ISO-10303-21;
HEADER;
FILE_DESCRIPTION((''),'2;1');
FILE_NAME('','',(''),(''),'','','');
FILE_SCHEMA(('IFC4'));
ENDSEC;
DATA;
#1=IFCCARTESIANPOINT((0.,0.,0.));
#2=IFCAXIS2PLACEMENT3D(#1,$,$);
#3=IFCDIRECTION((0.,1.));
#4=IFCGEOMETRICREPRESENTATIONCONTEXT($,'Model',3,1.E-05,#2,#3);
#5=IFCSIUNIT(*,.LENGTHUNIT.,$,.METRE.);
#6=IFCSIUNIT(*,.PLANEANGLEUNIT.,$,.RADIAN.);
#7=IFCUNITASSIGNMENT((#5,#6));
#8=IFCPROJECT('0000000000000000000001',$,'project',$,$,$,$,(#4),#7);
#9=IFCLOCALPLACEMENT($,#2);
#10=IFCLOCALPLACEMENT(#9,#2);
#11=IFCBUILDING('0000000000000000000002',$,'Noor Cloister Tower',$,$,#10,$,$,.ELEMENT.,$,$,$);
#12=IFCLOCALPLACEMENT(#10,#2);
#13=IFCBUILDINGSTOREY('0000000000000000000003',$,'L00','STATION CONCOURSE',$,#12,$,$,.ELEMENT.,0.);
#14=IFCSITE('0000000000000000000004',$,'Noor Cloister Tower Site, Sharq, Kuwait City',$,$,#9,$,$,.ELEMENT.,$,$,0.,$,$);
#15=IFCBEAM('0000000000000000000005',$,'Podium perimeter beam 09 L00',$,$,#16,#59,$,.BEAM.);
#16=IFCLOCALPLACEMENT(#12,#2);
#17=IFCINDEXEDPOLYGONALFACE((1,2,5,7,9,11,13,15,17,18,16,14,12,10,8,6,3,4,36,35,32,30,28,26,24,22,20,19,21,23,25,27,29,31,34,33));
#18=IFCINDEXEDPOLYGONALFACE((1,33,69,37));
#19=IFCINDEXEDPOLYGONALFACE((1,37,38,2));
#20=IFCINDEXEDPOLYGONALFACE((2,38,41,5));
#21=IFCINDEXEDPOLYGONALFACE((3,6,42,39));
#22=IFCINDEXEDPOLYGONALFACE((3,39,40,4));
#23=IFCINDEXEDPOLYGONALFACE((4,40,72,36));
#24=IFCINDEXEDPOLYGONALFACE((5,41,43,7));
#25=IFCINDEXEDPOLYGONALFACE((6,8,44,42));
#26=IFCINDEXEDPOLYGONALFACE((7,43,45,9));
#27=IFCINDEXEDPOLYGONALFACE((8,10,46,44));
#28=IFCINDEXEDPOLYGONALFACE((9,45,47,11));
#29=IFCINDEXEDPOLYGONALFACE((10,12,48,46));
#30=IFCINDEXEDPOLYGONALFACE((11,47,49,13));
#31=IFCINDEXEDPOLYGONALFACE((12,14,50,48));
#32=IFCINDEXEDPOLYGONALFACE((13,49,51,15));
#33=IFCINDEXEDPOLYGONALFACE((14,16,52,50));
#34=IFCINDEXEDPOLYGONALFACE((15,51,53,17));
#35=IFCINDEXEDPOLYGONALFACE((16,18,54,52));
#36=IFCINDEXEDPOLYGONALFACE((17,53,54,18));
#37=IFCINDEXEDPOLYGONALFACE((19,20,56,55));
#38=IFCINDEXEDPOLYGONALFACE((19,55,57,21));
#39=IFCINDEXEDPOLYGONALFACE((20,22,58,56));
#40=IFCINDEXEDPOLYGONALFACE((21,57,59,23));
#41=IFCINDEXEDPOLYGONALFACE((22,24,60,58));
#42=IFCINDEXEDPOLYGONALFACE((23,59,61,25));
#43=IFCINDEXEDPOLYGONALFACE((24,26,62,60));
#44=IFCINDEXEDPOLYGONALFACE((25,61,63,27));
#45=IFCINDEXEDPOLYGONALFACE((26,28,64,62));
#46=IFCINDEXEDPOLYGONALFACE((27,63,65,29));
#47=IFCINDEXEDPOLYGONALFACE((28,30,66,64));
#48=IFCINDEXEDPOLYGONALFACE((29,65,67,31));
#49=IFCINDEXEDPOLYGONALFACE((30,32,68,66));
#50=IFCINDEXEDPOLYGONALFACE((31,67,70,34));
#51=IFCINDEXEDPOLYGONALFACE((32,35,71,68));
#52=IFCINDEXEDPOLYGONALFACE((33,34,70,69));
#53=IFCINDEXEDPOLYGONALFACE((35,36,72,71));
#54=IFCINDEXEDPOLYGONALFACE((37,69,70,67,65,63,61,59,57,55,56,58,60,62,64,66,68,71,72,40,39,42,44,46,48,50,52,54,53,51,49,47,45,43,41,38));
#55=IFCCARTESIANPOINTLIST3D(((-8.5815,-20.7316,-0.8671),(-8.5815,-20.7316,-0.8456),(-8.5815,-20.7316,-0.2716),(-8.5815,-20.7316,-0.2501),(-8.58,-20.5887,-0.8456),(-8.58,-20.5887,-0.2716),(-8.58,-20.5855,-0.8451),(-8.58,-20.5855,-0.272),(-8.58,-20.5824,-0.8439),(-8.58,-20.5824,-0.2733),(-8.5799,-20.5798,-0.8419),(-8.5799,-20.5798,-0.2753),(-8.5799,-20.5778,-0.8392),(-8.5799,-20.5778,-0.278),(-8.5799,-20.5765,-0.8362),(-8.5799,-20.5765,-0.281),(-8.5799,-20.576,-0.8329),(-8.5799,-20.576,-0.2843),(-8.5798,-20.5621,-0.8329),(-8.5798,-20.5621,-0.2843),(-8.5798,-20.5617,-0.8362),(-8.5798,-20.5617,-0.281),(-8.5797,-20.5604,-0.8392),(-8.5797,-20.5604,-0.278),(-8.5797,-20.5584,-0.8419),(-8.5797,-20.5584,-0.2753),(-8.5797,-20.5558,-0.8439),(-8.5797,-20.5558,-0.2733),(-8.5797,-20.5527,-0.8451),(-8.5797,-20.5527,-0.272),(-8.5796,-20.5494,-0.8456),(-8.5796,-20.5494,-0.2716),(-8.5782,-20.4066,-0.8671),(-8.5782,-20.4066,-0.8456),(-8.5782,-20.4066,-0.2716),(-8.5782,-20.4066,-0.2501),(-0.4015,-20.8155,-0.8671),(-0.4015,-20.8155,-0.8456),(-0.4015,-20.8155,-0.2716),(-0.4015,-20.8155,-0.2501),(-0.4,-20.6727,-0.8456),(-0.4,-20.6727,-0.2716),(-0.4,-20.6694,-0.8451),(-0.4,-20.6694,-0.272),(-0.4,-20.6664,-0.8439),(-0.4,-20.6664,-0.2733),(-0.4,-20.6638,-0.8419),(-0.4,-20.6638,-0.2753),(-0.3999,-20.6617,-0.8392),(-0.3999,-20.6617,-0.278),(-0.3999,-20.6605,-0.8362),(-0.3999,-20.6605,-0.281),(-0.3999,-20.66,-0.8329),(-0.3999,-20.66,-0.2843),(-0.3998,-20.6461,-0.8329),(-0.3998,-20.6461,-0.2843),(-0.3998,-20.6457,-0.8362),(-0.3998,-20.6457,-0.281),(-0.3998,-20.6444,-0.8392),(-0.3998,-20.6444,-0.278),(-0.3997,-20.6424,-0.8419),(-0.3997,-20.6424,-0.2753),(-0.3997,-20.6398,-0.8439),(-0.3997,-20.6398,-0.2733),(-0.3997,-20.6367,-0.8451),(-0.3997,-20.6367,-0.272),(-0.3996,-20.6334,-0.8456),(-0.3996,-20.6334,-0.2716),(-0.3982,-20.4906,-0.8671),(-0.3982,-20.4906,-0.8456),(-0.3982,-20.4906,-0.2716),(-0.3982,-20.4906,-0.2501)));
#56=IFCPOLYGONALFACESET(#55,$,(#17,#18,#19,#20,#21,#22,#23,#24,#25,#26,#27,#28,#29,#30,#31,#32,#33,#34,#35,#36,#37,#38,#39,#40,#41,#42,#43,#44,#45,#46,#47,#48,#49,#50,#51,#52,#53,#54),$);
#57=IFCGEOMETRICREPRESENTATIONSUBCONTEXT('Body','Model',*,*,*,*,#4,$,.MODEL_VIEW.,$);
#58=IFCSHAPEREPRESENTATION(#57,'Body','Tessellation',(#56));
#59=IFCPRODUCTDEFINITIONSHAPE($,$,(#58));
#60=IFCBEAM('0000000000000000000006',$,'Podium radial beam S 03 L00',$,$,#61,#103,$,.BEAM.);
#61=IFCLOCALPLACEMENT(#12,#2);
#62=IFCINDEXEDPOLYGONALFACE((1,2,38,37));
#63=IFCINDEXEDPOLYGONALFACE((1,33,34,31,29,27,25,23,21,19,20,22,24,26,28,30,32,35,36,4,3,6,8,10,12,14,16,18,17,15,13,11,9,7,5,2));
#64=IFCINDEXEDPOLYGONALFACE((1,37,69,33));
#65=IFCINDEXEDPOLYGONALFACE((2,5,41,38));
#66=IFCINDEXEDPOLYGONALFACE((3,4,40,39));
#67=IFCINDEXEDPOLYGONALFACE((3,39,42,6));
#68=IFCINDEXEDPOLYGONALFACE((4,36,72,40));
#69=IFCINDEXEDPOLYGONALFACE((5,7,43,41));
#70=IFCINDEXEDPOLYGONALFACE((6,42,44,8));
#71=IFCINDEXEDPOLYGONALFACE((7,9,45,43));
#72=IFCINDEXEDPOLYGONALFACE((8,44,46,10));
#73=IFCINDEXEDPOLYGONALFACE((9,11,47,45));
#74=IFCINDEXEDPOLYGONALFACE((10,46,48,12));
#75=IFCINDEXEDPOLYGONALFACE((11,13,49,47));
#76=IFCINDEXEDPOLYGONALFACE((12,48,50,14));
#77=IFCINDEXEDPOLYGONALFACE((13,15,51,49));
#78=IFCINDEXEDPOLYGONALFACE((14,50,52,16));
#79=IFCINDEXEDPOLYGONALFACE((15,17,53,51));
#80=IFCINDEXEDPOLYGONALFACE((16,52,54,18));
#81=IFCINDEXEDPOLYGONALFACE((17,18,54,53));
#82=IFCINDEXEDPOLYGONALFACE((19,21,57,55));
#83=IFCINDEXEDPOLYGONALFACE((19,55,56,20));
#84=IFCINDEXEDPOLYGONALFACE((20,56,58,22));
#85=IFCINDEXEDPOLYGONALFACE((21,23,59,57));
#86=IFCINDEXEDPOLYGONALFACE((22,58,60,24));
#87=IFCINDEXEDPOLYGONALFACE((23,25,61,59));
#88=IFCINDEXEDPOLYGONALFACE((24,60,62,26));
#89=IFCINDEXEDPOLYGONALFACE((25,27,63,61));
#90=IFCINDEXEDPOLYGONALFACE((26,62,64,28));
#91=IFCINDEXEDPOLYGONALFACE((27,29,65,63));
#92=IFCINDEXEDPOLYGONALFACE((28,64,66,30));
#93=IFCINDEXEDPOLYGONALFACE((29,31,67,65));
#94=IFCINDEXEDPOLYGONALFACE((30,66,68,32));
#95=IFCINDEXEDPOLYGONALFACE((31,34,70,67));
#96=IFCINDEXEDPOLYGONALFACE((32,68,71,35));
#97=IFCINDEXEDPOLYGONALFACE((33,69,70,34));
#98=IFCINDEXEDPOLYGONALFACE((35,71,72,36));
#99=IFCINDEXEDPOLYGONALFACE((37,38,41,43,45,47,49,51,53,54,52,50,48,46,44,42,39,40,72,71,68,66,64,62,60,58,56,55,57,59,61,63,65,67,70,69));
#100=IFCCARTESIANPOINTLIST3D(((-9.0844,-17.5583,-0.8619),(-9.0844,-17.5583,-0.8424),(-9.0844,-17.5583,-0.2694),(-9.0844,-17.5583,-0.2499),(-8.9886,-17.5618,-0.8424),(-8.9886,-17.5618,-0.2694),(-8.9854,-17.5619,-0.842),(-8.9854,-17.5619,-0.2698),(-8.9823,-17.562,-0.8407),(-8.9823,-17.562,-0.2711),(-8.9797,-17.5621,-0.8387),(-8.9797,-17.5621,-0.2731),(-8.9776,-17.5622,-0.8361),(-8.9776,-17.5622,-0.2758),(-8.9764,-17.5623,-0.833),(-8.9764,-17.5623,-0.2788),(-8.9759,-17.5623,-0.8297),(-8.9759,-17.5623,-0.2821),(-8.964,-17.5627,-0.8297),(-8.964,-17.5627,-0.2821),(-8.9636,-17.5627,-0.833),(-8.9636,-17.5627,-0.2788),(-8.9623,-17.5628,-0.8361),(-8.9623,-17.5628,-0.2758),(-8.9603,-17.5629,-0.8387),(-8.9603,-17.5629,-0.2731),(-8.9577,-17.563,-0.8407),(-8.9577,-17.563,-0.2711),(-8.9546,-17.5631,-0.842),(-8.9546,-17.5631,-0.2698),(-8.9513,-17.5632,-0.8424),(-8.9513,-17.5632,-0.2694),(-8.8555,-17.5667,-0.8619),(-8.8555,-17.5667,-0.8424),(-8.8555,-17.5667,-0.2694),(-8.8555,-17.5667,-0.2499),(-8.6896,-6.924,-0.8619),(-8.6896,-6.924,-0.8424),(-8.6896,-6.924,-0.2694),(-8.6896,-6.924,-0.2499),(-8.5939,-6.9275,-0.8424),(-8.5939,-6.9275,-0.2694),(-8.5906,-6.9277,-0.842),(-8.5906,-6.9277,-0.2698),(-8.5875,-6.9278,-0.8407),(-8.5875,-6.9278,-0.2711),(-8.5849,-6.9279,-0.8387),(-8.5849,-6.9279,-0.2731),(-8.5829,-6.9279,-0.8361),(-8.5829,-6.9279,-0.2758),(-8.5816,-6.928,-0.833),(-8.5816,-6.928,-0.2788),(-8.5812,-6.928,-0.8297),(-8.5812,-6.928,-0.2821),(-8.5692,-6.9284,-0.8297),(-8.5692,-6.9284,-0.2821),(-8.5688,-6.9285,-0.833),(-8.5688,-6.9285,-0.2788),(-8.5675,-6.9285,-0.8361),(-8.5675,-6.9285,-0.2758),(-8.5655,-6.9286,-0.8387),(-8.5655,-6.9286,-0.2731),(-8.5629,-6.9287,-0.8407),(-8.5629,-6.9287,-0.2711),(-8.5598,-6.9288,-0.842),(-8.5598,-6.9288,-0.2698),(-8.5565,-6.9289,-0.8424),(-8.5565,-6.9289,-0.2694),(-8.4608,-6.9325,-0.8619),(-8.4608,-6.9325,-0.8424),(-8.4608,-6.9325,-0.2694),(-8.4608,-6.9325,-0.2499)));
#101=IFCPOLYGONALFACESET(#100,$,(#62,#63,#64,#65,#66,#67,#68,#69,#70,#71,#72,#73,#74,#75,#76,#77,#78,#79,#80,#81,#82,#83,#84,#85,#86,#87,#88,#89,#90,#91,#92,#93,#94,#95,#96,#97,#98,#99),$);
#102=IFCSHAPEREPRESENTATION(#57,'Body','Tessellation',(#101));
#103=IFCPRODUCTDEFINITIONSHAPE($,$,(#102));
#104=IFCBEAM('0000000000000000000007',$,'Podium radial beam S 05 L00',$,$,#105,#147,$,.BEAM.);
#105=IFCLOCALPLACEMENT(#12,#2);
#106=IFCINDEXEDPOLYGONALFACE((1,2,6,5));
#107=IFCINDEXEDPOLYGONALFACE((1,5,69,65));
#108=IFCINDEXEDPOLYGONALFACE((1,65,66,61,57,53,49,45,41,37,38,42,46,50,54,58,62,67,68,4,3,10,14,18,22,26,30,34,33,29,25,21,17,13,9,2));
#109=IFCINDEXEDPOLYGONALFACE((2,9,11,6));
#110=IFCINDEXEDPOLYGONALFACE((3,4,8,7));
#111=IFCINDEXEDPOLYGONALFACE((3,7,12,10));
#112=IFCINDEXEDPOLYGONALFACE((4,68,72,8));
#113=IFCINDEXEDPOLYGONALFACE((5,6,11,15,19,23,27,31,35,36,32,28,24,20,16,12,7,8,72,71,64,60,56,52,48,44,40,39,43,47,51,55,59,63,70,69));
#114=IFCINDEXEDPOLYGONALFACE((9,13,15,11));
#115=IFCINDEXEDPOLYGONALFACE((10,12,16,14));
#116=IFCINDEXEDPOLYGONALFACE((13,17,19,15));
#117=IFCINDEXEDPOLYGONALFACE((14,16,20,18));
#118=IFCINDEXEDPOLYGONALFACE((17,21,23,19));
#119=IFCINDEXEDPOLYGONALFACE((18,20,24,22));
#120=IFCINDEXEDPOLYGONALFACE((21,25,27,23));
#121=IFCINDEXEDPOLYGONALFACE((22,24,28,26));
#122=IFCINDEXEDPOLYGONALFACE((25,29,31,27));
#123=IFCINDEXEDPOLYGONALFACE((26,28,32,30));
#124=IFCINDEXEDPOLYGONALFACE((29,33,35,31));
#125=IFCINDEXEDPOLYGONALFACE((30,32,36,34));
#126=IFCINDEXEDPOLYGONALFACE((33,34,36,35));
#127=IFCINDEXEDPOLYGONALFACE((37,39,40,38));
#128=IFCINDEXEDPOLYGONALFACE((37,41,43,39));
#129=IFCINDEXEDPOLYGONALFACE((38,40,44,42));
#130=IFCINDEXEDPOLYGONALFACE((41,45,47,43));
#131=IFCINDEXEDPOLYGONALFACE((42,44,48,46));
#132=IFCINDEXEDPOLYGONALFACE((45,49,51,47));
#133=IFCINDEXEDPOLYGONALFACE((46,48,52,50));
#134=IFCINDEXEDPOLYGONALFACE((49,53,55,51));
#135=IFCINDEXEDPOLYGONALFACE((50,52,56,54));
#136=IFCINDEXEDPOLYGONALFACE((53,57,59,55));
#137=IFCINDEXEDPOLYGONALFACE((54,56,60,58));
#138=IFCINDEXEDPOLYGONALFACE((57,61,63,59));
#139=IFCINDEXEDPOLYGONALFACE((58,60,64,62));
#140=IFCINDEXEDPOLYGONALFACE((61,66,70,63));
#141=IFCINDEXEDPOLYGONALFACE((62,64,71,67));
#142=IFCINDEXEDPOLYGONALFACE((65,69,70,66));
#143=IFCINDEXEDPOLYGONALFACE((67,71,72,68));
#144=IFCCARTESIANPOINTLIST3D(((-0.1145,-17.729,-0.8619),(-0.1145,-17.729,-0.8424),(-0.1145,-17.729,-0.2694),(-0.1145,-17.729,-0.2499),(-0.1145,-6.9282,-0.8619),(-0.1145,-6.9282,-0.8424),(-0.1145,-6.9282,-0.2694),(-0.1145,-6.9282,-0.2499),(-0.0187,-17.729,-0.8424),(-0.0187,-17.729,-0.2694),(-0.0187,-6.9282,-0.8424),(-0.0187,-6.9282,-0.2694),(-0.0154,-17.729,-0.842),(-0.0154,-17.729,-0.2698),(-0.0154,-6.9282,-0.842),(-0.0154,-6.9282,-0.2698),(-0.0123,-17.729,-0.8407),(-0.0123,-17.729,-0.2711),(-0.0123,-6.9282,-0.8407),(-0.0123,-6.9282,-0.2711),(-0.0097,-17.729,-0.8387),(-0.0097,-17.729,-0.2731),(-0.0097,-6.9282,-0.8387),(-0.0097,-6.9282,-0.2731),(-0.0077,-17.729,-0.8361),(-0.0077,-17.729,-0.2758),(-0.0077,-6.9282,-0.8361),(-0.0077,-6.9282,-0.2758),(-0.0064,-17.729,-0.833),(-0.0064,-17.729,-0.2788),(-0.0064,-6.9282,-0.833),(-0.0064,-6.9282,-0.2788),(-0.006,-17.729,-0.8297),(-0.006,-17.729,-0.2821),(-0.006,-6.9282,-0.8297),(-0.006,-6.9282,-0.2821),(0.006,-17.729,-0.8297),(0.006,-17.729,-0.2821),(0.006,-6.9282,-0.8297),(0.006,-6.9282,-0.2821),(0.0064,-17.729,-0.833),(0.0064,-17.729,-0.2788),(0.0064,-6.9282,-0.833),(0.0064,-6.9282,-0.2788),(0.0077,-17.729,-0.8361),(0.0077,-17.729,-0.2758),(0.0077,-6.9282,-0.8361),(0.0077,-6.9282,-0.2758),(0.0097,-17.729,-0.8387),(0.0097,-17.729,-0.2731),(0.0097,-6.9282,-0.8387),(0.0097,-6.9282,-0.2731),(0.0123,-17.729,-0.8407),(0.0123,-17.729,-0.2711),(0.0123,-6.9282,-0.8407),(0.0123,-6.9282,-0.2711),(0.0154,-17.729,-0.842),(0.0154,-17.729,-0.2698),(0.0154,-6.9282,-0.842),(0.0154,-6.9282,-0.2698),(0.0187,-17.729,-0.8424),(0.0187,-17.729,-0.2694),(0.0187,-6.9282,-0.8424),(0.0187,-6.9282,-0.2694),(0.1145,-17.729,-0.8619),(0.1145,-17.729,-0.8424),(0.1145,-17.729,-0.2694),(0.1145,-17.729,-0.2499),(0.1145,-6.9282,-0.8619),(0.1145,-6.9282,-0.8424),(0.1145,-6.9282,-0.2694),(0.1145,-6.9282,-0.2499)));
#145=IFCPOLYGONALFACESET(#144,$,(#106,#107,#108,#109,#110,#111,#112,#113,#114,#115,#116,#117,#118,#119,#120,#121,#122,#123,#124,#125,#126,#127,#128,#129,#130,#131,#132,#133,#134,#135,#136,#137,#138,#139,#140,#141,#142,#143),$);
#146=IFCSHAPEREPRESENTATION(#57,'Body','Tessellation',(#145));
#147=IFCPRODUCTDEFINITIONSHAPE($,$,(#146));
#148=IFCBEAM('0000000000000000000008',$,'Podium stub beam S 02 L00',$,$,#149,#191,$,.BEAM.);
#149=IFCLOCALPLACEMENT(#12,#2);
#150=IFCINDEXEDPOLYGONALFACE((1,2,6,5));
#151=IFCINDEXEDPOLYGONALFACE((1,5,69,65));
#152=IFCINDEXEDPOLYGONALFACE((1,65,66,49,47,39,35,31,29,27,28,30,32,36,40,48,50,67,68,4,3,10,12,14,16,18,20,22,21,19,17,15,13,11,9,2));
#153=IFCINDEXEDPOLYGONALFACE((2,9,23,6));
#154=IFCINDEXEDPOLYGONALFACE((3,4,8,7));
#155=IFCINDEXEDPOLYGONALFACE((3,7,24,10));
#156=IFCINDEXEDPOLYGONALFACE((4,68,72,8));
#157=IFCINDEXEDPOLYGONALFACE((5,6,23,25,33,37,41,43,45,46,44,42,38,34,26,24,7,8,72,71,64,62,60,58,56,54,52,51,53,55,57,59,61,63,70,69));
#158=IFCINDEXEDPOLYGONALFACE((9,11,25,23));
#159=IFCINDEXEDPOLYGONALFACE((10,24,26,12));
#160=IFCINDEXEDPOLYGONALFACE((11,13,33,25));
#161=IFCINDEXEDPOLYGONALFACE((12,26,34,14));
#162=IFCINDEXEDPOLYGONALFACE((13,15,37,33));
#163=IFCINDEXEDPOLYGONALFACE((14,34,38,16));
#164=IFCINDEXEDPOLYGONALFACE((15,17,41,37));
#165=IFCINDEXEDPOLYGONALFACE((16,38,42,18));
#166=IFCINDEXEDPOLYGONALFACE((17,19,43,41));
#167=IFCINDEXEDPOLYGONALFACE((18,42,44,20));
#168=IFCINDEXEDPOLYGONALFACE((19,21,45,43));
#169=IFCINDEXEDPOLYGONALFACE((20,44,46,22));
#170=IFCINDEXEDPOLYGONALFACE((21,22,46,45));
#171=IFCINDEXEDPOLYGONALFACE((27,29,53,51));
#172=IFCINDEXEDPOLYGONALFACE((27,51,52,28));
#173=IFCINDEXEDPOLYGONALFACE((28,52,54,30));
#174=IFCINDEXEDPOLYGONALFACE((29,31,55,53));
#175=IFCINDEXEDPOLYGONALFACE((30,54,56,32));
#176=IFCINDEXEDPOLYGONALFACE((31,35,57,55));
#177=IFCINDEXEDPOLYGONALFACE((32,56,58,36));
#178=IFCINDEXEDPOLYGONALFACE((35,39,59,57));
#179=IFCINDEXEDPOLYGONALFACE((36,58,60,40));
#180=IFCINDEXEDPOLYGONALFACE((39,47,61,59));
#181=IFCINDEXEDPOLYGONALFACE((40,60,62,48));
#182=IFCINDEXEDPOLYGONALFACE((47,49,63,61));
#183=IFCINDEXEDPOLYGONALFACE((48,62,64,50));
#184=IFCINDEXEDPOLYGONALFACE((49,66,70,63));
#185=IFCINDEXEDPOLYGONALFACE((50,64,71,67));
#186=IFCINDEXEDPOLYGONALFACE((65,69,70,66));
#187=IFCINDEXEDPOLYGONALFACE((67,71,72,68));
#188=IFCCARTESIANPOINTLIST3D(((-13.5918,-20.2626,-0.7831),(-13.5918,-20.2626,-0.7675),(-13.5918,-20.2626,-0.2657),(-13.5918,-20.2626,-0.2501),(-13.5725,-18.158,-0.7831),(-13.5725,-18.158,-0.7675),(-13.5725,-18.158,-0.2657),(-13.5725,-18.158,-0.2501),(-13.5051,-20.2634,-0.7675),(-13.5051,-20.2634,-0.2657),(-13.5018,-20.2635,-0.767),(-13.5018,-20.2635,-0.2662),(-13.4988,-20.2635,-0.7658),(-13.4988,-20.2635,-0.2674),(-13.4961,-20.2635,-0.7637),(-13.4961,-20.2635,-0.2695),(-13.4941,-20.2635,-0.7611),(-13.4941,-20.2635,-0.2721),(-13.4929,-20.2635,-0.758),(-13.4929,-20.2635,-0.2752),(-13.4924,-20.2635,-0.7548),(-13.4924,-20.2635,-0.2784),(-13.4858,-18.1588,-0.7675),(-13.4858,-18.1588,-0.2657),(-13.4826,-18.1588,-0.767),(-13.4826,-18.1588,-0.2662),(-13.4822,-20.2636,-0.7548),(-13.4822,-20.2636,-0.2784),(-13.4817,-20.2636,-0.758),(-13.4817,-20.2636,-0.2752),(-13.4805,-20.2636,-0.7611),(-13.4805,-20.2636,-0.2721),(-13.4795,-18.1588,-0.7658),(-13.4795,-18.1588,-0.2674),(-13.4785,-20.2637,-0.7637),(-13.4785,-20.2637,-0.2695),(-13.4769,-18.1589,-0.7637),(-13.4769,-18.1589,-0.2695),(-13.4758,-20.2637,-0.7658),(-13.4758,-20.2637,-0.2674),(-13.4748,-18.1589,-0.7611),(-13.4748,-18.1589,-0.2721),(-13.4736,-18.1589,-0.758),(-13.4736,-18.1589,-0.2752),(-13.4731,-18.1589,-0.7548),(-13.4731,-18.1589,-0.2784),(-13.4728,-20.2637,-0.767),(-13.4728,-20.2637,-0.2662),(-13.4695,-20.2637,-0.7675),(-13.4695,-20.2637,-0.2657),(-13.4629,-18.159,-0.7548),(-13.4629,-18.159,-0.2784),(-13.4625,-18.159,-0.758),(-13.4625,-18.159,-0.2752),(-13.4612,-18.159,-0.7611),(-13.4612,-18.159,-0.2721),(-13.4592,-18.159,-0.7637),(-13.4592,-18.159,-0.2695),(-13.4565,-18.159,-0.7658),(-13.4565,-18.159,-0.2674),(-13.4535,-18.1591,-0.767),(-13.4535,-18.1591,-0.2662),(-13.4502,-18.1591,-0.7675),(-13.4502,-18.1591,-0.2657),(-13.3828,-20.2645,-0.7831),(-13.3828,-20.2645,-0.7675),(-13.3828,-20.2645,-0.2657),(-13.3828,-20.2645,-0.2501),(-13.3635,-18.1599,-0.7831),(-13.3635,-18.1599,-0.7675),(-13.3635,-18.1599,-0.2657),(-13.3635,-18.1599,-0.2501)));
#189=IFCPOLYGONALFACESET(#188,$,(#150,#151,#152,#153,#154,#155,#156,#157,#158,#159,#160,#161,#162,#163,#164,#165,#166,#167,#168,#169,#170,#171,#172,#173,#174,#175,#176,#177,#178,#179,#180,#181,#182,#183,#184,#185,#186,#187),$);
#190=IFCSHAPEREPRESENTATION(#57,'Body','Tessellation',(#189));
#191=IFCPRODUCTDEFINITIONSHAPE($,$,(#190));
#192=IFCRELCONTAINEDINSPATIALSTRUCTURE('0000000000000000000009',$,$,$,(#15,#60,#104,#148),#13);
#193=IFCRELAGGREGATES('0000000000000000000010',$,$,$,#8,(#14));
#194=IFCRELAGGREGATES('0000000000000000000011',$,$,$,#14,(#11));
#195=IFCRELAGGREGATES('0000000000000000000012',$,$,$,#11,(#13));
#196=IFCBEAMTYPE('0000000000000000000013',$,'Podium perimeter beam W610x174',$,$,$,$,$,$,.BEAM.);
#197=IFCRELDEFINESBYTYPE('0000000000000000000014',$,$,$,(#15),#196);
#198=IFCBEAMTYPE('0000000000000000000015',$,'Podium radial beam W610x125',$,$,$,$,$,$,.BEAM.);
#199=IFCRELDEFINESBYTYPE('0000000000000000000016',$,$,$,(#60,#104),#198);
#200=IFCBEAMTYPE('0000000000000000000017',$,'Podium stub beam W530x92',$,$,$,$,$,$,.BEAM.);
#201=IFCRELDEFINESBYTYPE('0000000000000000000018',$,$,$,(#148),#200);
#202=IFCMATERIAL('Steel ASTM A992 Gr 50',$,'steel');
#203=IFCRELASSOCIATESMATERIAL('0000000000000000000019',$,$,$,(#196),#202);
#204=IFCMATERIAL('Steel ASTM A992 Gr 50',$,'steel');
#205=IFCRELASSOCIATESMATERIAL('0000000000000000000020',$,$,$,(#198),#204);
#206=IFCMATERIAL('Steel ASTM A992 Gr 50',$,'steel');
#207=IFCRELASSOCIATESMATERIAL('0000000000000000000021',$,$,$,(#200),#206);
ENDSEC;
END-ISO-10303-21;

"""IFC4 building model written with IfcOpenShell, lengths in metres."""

from ifc_helpers import new_model, si_unit, direction, frame, origin, origin_2d, place, context, subcontext, project, spatial, i_section, extrude, material, material_profile, profile_set, type_object, element, save


model = new_model("IFC4")

# Units and contexts
model_context = context("Model", 3, precision=1e-05, world=origin(), true_north=direction((0.0, 1.0)))
body_context = subcontext(model_context, "Body", "Model", "MODEL_VIEW")
ifc_project = project(units=[si_unit("LENGTHUNIT", "METRE"), si_unit("PLANEANGLEUNIT", "RADIAN")], contexts=[model_context])

# Site, building, storey
site_placement = place(None, origin())
site = spatial("IfcSite", under=ifc_project, at=site_placement, Name="Noor Cloister Tower Site, Sharq, Kuwait City", CompositionType="ELEMENT", RefElevation=0.0)
building_placement = place(site_placement, origin())
building = spatial("IfcBuilding", under=site, at=building_placement, Name="Noor Cloister Tower", CompositionType="ELEMENT")
storey_placement = place(building_placement, origin())
storey = spatial("IfcBuildingStorey", under=building, at=storey_placement, Name="L00", Description="STATION CONCOURSE", CompositionType="ELEMENT", Elevation=0.0)

# Beams
ifc_material_1 = material(Name="Steel ASTM A992 Gr 50", Category="steel")
ifc_material_profile_1 = material_profile(ifc_material_1, i_section(OverallWidth=0.325, OverallDepth=0.6169, WebThickness=0.0139, FlangeThickness=0.0215, FilletRadius=0.0127, at=origin_2d()), Name="W610x174")
ifc_profile_set_1 = profile_set([ifc_material_profile_1], Name="Steel ASTM A992 Gr 50")
beam_type_1 = type_object("IfcBeamType", Name="Podium perimeter beam W610x174", PredefinedType="BEAM", material=ifc_profile_set_1)
beam_1_placement = place(storey_placement, frame((-8.5798, -20.5691, -0.5586), z_axis=(0.999947, -0.010267, 0.0), x_axis=(0.010267, 0.999947, 0.0)))
element("IfcBeam", 1, at=beam_1_placement, inside=storey, type_object=beam_type_1, Name="Podium perimeter beam 09 L00", PredefinedType="BEAM", context=body_context, shape_type="SweptSolid", body=[
    extrude(i_section(OverallWidth=0.325, OverallDepth=0.6169, WebThickness=0.0139, FlangeThickness=0.0215, FilletRadius=0.0127, at=origin_2d()), origin(), (0.0, 0.0, 1.0), 8.1804),
])
ifc_material_2 = material(Name="Steel ASTM A992 Gr 50", Category="steel")
ifc_material_profile_2 = material_profile(ifc_material_2, i_section(OverallWidth=0.229, OverallDepth=0.6121, WebThickness=0.012, FlangeThickness=0.0195, FilletRadius=0.0127, at=origin_2d()), Name="W610x125")
ifc_profile_set_2 = profile_set([ifc_material_profile_2], Name="Steel ASTM A992 Gr 50")
beam_type_2 = type_object("IfcBeamType", Name="Podium radial beam W610x125", PredefinedType="BEAM", material=ifc_profile_set_2)
beam_2_placement = place(storey_placement, frame((-8.97, -17.5625, -0.5559), z_axis=(0.037097, 0.999312, 0.0), x_axis=(-0.999312, 0.037097, 0.0)))
element("IfcBeam", 2, at=beam_2_placement, inside=storey, type_object=beam_type_2, Name="Podium radial beam S 03 L00", PredefinedType="BEAM", context=body_context, shape_type="SweptSolid", body=[
    extrude(i_section(OverallWidth=0.229, OverallDepth=0.6121, WebThickness=0.012, FlangeThickness=0.0195, FilletRadius=0.0127, at=origin_2d()), origin(), (0.0, 0.0, 1.0), 10.6416),
])
beam_3_placement = place(storey_placement, frame((0.0, -17.729, -0.5559), z_axis=(0.0, 1.0, 0.0), x_axis=(-1.0, 0.0, 0.0)))
element("IfcBeam", 3, at=beam_3_placement, inside=storey, type_object=beam_type_2, Name="Podium radial beam S 05 L00", PredefinedType="BEAM", context=body_context, shape_type="SweptSolid", body=[
    extrude(i_section(OverallWidth=0.229, OverallDepth=0.6121, WebThickness=0.012, FlangeThickness=0.0195, FilletRadius=0.0127, at=origin_2d()), origin(), (0.0, 0.0, 1.0), 10.8008),
])
ifc_material_3 = material(Name="Steel ASTM A992 Gr 50", Category="steel")
ifc_material_profile_3 = material_profile(ifc_material_3, i_section(OverallWidth=0.209, OverallDepth=0.533, WebThickness=0.0103, FlangeThickness=0.0156, FilletRadius=0.0127, at=origin_2d()), Name="W530x92")
ifc_profile_set_3 = profile_set([ifc_material_profile_3], Name="Steel ASTM A992 Gr 50")
beam_type_3 = type_object("IfcBeamType", Name="Podium stub beam W530x92", PredefinedType="BEAM", material=ifc_profile_set_3)
beam_4_placement = place(storey_placement, frame((-13.468, -18.1589, -0.5166), z_axis=(-0.009163, -0.999958, 0.0), x_axis=(0.999958, -0.009163, 0.0)))
element("IfcBeam", 4, at=beam_4_placement, inside=storey, type_object=beam_type_3, Name="Podium stub beam S 02 L00", PredefinedType="BEAM", context=body_context, shape_type="SweptSolid", body=[
    extrude(i_section(OverallWidth=0.209, OverallDepth=0.533, WebThickness=0.0103, FlangeThickness=0.0156, FilletRadius=0.0127, at=origin_2d()), origin(), (0.0, 0.0, 1.0), 2.1047),
])

save(model, "model.ifc")
